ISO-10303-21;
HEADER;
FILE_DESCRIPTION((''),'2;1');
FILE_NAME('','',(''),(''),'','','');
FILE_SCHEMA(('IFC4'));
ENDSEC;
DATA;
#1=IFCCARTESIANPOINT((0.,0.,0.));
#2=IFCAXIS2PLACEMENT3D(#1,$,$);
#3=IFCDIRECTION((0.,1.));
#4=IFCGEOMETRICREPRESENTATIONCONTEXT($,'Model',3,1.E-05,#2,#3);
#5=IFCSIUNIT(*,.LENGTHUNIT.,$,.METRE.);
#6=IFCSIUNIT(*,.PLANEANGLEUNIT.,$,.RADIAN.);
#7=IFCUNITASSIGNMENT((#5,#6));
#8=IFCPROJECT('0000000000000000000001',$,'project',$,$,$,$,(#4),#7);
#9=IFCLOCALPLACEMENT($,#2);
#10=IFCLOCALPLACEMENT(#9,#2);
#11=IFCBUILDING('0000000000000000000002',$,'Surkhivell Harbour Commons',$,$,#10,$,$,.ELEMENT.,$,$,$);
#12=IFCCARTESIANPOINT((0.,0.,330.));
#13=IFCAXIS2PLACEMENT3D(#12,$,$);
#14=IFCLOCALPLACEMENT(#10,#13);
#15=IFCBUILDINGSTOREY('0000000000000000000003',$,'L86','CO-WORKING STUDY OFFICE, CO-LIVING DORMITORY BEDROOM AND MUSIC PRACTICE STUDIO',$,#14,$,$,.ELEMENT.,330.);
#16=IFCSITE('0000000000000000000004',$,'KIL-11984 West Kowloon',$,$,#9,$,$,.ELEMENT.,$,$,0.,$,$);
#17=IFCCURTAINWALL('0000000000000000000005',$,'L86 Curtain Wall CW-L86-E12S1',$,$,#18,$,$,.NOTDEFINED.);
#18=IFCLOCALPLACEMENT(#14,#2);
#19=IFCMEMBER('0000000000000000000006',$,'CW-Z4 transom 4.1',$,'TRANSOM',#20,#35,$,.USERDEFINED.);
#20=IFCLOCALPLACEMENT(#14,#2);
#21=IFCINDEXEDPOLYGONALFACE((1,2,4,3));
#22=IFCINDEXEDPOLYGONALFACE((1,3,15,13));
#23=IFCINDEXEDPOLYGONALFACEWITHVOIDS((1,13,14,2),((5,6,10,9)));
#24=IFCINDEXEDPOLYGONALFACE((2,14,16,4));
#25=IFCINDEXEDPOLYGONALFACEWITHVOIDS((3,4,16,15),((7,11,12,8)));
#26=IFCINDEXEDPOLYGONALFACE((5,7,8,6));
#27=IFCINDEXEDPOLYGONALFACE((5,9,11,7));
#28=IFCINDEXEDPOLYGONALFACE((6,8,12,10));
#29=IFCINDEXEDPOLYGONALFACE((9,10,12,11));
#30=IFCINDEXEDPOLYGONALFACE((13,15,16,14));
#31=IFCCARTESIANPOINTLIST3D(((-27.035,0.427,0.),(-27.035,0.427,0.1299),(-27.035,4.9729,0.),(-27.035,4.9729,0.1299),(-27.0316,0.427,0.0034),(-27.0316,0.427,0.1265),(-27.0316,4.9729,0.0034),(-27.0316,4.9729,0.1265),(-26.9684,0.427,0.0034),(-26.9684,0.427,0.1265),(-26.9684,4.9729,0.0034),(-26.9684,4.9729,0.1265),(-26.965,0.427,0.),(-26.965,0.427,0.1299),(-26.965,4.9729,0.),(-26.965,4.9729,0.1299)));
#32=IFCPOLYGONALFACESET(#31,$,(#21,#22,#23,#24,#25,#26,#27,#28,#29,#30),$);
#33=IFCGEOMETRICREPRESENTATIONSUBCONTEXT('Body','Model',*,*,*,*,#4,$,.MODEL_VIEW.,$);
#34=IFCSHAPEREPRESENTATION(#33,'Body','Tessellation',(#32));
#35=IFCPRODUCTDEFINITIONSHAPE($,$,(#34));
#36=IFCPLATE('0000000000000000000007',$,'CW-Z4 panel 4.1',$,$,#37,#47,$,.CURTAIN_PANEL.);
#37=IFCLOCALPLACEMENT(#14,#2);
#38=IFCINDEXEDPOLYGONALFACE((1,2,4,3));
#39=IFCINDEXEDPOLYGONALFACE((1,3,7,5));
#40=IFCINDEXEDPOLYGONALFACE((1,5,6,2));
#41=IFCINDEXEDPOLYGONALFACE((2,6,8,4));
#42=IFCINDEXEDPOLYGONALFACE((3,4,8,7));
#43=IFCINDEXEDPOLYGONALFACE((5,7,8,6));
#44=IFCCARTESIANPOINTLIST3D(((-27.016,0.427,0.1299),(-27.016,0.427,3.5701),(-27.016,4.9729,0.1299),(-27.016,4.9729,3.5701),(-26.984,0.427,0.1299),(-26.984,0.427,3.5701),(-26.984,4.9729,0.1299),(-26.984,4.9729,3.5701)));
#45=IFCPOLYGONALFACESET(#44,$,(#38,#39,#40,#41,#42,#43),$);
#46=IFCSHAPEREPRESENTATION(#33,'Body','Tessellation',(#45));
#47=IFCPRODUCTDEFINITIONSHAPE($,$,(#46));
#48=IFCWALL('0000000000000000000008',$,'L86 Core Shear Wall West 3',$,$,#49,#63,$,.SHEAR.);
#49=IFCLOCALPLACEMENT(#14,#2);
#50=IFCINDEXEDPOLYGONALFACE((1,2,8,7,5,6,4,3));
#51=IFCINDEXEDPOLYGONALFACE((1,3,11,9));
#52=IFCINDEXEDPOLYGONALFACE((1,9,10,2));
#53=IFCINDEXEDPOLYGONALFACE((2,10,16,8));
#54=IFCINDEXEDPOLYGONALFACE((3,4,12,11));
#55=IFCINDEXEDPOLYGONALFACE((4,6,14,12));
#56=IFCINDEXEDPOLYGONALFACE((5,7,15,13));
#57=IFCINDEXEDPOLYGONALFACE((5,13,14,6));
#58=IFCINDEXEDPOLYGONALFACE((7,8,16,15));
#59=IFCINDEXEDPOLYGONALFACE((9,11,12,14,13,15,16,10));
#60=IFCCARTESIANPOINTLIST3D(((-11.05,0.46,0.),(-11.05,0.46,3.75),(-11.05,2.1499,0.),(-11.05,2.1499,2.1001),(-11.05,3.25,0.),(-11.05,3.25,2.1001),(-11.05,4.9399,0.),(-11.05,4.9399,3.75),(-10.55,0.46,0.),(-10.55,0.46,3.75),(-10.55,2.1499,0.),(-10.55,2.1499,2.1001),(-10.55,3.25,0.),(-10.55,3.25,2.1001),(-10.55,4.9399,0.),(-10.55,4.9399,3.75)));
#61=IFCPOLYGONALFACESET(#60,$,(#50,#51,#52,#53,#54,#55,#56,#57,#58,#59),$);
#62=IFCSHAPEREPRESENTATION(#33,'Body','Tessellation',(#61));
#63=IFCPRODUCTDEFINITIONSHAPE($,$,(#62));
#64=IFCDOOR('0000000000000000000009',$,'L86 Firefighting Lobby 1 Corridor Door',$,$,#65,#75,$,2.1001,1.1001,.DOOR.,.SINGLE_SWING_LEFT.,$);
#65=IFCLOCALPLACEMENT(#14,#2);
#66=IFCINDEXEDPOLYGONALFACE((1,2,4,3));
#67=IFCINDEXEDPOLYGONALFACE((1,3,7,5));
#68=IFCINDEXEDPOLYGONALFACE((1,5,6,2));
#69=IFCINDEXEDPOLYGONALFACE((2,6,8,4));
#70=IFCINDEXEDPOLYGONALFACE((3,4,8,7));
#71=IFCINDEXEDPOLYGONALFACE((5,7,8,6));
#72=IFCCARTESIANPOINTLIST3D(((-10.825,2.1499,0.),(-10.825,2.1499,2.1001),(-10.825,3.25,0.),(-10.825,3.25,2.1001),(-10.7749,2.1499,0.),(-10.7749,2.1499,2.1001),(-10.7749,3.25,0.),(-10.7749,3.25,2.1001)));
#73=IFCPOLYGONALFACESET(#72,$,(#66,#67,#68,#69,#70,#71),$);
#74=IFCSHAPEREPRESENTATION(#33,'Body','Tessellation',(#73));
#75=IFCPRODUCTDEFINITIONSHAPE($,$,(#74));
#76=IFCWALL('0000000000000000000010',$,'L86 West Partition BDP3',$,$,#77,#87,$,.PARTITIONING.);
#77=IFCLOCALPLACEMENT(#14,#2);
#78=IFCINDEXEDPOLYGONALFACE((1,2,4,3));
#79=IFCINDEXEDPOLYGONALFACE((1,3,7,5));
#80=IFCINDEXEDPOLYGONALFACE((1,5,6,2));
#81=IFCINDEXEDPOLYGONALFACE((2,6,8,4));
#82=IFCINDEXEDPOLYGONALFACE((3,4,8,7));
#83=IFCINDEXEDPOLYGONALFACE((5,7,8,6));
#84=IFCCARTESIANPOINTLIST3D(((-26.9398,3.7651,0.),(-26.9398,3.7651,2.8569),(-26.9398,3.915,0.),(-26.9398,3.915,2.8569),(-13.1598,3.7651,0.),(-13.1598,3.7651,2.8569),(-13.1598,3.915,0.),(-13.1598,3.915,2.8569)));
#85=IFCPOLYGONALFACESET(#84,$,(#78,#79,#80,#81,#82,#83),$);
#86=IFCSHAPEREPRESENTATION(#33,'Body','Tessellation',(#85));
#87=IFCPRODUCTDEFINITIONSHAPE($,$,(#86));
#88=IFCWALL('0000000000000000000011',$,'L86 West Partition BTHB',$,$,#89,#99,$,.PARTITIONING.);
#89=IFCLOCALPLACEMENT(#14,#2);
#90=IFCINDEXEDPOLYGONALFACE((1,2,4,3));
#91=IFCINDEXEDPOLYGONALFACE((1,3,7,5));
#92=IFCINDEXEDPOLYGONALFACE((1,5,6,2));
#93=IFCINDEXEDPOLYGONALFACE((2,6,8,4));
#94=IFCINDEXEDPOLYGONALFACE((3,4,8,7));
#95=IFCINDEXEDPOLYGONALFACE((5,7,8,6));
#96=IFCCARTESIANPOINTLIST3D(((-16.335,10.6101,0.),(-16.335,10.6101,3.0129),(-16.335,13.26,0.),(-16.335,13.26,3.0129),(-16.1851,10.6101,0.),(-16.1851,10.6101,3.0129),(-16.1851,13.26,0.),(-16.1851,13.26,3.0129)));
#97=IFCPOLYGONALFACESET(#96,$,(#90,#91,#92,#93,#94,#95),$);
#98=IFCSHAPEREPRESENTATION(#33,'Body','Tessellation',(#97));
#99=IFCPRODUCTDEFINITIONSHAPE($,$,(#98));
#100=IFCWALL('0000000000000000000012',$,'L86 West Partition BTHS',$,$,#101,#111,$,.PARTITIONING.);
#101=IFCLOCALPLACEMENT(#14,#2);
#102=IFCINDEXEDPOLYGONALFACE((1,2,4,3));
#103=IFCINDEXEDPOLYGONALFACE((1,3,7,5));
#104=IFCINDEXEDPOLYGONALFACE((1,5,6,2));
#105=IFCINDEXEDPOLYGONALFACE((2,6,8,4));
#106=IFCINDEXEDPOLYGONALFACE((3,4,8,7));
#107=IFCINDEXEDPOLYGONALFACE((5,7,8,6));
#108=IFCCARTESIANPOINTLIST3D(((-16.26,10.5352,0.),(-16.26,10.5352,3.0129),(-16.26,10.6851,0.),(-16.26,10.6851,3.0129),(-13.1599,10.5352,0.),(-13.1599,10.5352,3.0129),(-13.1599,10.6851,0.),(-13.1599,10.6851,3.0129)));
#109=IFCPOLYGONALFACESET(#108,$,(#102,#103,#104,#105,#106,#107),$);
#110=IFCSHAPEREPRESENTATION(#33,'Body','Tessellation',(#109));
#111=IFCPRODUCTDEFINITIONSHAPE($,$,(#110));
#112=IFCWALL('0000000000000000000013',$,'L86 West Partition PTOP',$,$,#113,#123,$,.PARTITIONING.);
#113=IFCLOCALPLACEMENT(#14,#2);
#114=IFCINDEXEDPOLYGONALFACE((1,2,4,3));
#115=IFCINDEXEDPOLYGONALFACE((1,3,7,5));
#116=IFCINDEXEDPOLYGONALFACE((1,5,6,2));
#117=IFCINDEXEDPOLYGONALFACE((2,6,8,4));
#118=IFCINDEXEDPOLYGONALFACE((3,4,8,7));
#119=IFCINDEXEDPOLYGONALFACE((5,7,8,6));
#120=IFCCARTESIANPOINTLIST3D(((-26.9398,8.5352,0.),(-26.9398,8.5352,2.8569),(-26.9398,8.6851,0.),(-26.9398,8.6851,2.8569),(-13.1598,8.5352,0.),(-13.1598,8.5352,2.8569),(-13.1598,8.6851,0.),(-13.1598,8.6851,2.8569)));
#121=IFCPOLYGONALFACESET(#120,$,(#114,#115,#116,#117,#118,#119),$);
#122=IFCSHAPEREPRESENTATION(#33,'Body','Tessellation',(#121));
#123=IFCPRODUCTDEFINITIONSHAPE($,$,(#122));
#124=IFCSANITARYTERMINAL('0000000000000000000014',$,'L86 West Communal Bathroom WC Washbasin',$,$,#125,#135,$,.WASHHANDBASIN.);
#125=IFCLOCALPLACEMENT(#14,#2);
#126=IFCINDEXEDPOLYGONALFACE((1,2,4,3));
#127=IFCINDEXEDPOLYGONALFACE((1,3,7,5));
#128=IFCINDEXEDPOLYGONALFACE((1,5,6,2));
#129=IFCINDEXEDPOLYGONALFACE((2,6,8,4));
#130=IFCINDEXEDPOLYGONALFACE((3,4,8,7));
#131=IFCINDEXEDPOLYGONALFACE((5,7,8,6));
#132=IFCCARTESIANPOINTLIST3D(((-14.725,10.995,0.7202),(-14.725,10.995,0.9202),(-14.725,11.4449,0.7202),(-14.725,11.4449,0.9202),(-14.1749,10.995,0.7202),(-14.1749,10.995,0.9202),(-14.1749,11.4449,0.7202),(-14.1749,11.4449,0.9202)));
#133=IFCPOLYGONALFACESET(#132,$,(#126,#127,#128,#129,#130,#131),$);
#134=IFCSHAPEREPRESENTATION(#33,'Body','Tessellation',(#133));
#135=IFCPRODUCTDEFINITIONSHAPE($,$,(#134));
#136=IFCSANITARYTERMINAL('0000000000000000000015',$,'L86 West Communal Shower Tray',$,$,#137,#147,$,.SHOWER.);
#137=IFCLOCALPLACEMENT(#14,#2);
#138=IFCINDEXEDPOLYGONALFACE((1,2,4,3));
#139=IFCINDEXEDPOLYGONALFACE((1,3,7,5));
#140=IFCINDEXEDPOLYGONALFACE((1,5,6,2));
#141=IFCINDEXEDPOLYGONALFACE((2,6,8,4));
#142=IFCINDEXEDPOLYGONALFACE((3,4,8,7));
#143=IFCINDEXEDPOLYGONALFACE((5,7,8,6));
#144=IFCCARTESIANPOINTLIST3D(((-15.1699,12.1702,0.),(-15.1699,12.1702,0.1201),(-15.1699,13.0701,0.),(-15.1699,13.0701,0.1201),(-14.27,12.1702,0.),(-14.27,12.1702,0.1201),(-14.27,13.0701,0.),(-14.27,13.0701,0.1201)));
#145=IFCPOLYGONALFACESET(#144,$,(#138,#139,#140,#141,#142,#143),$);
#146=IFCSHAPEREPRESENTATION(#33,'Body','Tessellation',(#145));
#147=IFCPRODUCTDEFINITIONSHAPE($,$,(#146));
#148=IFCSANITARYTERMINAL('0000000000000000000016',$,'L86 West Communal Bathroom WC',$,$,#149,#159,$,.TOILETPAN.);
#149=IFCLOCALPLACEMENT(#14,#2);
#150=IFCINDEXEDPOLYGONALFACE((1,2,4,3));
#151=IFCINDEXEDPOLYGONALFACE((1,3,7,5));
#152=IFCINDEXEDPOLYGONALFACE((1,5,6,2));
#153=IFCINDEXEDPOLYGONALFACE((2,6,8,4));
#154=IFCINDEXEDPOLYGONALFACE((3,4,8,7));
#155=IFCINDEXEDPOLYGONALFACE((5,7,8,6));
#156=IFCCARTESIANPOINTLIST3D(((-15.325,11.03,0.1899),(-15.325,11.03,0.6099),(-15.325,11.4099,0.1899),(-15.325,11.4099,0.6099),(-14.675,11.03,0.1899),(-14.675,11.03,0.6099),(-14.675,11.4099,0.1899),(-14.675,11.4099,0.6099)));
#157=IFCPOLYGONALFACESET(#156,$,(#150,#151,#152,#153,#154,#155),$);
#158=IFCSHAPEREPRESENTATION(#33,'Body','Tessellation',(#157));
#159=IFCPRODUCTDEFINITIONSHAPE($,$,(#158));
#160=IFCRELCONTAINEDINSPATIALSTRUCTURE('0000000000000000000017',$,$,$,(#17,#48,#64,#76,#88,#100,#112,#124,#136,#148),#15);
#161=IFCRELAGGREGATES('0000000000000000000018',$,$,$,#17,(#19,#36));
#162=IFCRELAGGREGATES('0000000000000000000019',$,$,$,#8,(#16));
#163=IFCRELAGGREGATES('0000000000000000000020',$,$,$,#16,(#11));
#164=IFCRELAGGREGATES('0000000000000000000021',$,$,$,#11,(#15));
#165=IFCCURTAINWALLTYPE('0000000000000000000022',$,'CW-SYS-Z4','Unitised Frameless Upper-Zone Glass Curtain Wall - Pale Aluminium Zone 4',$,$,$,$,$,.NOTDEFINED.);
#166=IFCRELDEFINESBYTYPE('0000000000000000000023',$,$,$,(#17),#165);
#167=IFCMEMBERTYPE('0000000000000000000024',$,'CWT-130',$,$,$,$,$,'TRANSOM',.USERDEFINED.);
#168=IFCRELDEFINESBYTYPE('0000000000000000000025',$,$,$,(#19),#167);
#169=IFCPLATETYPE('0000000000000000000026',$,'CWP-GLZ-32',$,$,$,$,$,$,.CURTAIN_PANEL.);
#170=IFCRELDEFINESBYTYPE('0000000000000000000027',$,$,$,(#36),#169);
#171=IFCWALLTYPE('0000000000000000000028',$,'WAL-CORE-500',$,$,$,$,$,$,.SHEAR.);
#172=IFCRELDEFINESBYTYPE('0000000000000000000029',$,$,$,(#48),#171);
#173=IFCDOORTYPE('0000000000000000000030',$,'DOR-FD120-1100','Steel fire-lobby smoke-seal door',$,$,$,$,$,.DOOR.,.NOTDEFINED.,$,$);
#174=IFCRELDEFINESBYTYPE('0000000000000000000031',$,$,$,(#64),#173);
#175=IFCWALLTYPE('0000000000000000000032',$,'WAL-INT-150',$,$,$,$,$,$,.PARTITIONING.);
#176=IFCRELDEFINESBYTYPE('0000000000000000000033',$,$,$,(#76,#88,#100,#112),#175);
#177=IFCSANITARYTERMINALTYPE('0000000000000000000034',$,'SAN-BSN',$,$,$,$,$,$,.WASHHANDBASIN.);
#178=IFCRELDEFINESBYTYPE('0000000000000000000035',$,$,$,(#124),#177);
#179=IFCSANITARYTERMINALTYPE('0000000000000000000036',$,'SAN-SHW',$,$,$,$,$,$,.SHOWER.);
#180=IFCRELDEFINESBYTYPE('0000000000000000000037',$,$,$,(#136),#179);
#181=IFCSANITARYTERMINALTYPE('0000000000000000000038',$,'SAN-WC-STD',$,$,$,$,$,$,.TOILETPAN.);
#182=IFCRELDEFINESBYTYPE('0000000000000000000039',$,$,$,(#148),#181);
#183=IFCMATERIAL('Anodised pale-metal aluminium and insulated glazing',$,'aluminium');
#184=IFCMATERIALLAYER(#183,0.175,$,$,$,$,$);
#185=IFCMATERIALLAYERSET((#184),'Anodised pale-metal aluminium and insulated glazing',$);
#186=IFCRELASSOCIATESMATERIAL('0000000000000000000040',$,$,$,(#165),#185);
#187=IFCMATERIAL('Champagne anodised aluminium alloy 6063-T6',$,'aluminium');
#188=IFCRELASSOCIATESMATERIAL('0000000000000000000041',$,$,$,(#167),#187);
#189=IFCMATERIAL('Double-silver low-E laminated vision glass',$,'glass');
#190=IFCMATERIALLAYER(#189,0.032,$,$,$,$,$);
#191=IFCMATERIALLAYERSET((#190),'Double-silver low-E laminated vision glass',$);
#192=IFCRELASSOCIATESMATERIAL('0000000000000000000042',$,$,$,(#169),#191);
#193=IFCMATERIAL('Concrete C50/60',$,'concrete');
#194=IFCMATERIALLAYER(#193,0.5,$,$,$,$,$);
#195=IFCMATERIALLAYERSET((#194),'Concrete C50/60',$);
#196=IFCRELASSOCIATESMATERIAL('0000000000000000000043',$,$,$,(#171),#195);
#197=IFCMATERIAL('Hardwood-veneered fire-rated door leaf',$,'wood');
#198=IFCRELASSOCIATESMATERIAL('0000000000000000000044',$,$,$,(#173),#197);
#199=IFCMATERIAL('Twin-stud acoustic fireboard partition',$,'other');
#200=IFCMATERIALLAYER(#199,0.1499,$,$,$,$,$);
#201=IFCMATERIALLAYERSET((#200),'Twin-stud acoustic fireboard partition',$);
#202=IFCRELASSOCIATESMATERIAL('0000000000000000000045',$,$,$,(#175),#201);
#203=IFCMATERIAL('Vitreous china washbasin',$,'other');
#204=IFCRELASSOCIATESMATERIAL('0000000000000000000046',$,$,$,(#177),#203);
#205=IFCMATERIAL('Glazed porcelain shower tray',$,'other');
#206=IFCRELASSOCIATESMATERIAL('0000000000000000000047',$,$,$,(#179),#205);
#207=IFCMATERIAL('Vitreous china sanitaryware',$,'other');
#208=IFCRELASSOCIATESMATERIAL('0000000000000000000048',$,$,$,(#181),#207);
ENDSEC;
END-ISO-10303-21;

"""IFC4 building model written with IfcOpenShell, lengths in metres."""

from ifc_helpers import new_model, si_unit, direction, frame, frame_2d, origin, origin_2d, place, context, subcontext, project, spatial, rectangle, hollow_rectangle, extrude, material, layer, layer_set, material_profile, profile_set, type_object, element, fill, aggregate, save


model = new_model("IFC4")

# Units and contexts
model_context = context("Model", 3, precision=1e-05, world=origin(), true_north=direction((0.0, 1.0)))
body_context = subcontext(model_context, "Body", "Model", "MODEL_VIEW")
ifc_project = project(units=[si_unit("LENGTHUNIT", "METRE"), si_unit("PLANEANGLEUNIT", "RADIAN")], contexts=[model_context])

# Site, building, storey
site_placement = place(None, origin())
site = spatial("IfcSite", under=ifc_project, at=site_placement, Name="KIL-11984 West Kowloon", CompositionType="ELEMENT", RefElevation=0.0)
building_placement = place(site_placement, origin())
building = spatial("IfcBuilding", under=site, at=building_placement, Name="Surkhivell Harbour Commons", CompositionType="ELEMENT")
storey_placement = place(building_placement, frame((0.0, 0.0, 330.0)))
storey = spatial("IfcBuildingStorey", under=building, at=storey_placement, Name="L86", Description="CO-WORKING STUDY OFFICE, CO-LIVING DORMITORY BEDROOM AND MUSIC PRACTICE STUDIO", CompositionType="ELEMENT", Elevation=330.0)

# Shared definitions
ifc_material_1 = material(Name="Concrete C50/60", Category="concrete")

# Curtain wall, member, plate
ifc_material_2 = material(Name="Anodised pale-metal aluminium and insulated glazing", Category="aluminium")
ifc_layer_1 = layer(ifc_material_2, 0.175)
ifc_layer_set_1 = layer_set([ifc_layer_1], Name="Anodised pale-metal aluminium and insulated glazing")
curtain_wall_type = type_object("IfcCurtainWallType", Name="CW-SYS-Z4", Description="Unitised Frameless Upper-Zone Glass Curtain Wall - Pale Aluminium Zone 4", PredefinedType="NOTDEFINED", material=ifc_layer_set_1)
curtain_wall_placement = place(storey_placement, origin())
curtain_wall = element("IfcCurtainWall", 1, at=curtain_wall_placement, inside=storey, type_object=curtain_wall_type, Name="L86 Curtain Wall CW-L86-E12S1", PredefinedType="NOTDEFINED")
ifc_material_3 = material(Name="Champagne anodised aluminium alloy 6063-T6", Category="aluminium")
ifc_material_profile_1 = material_profile(ifc_material_3, hollow_rectangle(XDim=0.0701, YDim=0.1299, WallThickness=0.0034, at=origin_2d()), Name="ALU-TRAN-70x130")
ifc_profile_set_1 = profile_set([ifc_material_profile_1], Name="Champagne anodised aluminium alloy 6063-T6")
member_type_1 = type_object("IfcMemberType", Name="CWT-130", ElementType="TRANSOM", PredefinedType="USERDEFINED", material=ifc_profile_set_1)
member_1_placement = place(storey_placement, frame((-27.0, 4.9729, 0.0649), z_axis=(0.0, -1.0, 0.0), x_axis=(1.0, 0.0, 0.0)))
member_1 = element("IfcMember", 2, at=member_1_placement, type_object=member_type_1, Name="CW-Z4 transom 4.1", ObjectType="TRANSOM", PredefinedType="USERDEFINED", context=body_context, shape_type="SweptSolid", body=[
    extrude(hollow_rectangle(XDim=0.0701, YDim=0.1299, WallThickness=0.0034, at=origin_2d()), origin(), (0.0, 0.0, 1.0), 4.5459),
])
ifc_material_4 = material(Name="Double-silver low-E laminated vision glass", Category="glass")
ifc_layer_2 = layer(ifc_material_4, 0.032)
ifc_layer_set_2 = layer_set([ifc_layer_2], Name="Double-silver low-E laminated vision glass")
plate_type = type_object("IfcPlateType", Name="CWP-GLZ-32", PredefinedType="CURTAIN_PANEL", material=ifc_layer_set_2)
plate_1_placement = place(storey_placement, frame((-27.0, 4.9729, 0.1299), z_axis=(0.0, 0.0, 1.0), x_axis=(0.0, -1.0, 0.0)))
plate_1 = element("IfcPlate", 3, at=plate_1_placement, type_object=plate_type, Name="CW-Z4 panel 4.1", PredefinedType="CURTAIN_PANEL", context=body_context, shape_type="SweptSolid", body=[
    extrude(rectangle(XDim=4.5459, YDim=0.032, at=frame_2d((2.2729, 0.0))), origin(), (0.0, 0.0, 1.0), 3.4402),
])
aggregate(curtain_wall, [member_1, plate_1])

# Wall, opening, door
ifc_layer_3 = layer(ifc_material_1, 0.5)
ifc_layer_set_3 = layer_set([ifc_layer_3], Name="Concrete C50/60")
wall_type_1 = type_object("IfcWallType", Name="WAL-CORE-500", PredefinedType="SHEAR", material=ifc_layer_set_3)
wall_1_placement = place(storey_placement, frame((-10.8, 0.46, 0.0), z_axis=(0.0, 0.0, 1.0), x_axis=(0.0, 1.0, 0.0)))
wall_1 = element("IfcWall", 4, at=wall_1_placement, inside=storey, type_object=wall_type_1, Name="L86 Core Shear Wall West 3", PredefinedType="SHEAR", context=body_context, shape_type="SweptSolid", body=[
    extrude(rectangle(XDim=4.48, YDim=0.5, at=frame_2d((2.24, 0.0))), origin(), (0.0, 0.0, 1.0), 3.75),
])
opening_placement = place(wall_1_placement, frame((1.6899, 0.0, 0.0)))
opening = element("IfcOpeningElement", 5, at=opening_placement, cuts=wall_1, PredefinedType="OPENING", context=body_context, shape_type="SweptSolid", body=[
    extrude(rectangle(XDim=1.1001, YDim=2.1001, at=frame_2d((0.55, 1.05))), frame((0.0, 0.26, 0.0), z_axis=(0.0, -1.0, 0.0), x_axis=(1.0, 0.0, 0.0)), (0.0, 0.0, 1.0), 0.52),
])
ifc_material_5 = material(Name="Hardwood-veneered fire-rated door leaf", Category="wood")
door_type = type_object("IfcDoorType", Name="DOR-FD120-1100", Description="Steel fire-lobby smoke-seal door", OperationType="NOTDEFINED", PredefinedType="DOOR", material=ifc_material_5)
door_placement = place(opening_placement, origin())
door = element("IfcDoor", 6, at=door_placement, inside=storey, type_object=door_type, Name="L86 Firefighting Lobby 1 Corridor Door", OperationType="SINGLE_SWING_LEFT", OverallHeight=2.1001, OverallWidth=1.1001, PredefinedType="DOOR", context=body_context, shape_type="SweptSolid", body=[
    extrude(rectangle(XDim=1.1001, YDim=2.1001, at=frame_2d((0.55, 1.05))), frame((0.0, 0.0249, 0.0), z_axis=(0.0, -1.0, 0.0), x_axis=(1.0, 0.0, 0.0)), (0.0, 0.0, 1.0), 0.05),
])
fill(opening, door)

# Walls
ifc_material_6 = material(Name="Twin-stud acoustic fireboard partition", Category="other")
ifc_layer_4 = layer(ifc_material_6, 0.1499)
ifc_layer_set_4 = layer_set([ifc_layer_4], Name="Twin-stud acoustic fireboard partition")
wall_type_2 = type_object("IfcWallType", Name="WAL-INT-150", PredefinedType="PARTITIONING", material=ifc_layer_set_4)
wall_2_placement = place(storey_placement, frame((-26.9399, 3.8401, 0.0), z_axis=(0.0, 0.0, 1.0), x_axis=(1.0, 0.0, 0.0)))
element("IfcWall", 7, at=wall_2_placement, inside=storey, type_object=wall_type_2, Name="L86 West Partition BDP3", PredefinedType="PARTITIONING", context=body_context, shape_type="SweptSolid", body=[
    extrude(rectangle(XDim=13.78, YDim=0.1499, at=frame_2d((6.8901, 0.0))), origin(), (0.0, 0.0, 1.0), 2.8569),
])
wall_3_placement = place(storey_placement, frame((-16.26, 10.6101, 0.0), z_axis=(0.0, 0.0, 1.0), x_axis=(0.0, 1.0, 0.0)))
element("IfcWall", 8, at=wall_3_placement, inside=storey, type_object=wall_type_2, Name="L86 West Partition BTHB", PredefinedType="PARTITIONING", context=body_context, shape_type="SweptSolid", body=[
    extrude(rectangle(XDim=2.6499, YDim=0.1499, at=frame_2d((1.325, 0.0))), origin(), (0.0, 0.0, 1.0), 3.0129),
])
wall_4_placement = place(storey_placement, frame((-16.26, 10.6101, 0.0), z_axis=(0.0, 0.0, 1.0), x_axis=(1.0, 0.0, 0.0)))
element("IfcWall", 9, at=wall_4_placement, inside=storey, type_object=wall_type_2, Name="L86 West Partition BTHS", PredefinedType="PARTITIONING", context=body_context, shape_type="SweptSolid", body=[
    extrude(rectangle(XDim=3.1001, YDim=0.1499, at=frame_2d((1.55, 0.0))), origin(), (0.0, 0.0, 1.0), 3.0129),
])
wall_5_placement = place(storey_placement, frame((-26.9399, 8.6101, 0.0), z_axis=(0.0, 0.0, 1.0), x_axis=(1.0, 0.0, 0.0)))
element("IfcWall", 10, at=wall_5_placement, inside=storey, type_object=wall_type_2, Name="L86 West Partition PTOP", PredefinedType="PARTITIONING", context=body_context, shape_type="SweptSolid", body=[
    extrude(rectangle(XDim=13.78, YDim=0.1499, at=frame_2d((6.8901, 0.0))), origin(), (0.0, 0.0, 1.0), 2.8569),
])

# Sanitary terminals
ifc_material_7 = material(Name="Vitreous china washbasin", Category="other")
sanitary_terminal_type_1 = type_object("IfcSanitaryTerminalType", Name="SAN-BSN", PredefinedType="WASHHANDBASIN", material=ifc_material_7)
sanitary_terminal_1_placement = place(storey_placement, frame((-14.45, 11.22, 0.7202), z_axis=(0.0, 0.0, 1.0), x_axis=(1.0, 0.0, 0.0)))
element("IfcSanitaryTerminal", 11, at=sanitary_terminal_1_placement, inside=storey, type_object=sanitary_terminal_type_1, Name="L86 West Communal Bathroom WC Washbasin", PredefinedType="WASHHANDBASIN", context=body_context, shape_type="SweptSolid", body=[
    extrude(rectangle(XDim=0.55, YDim=0.45, at=origin_2d()), origin(), (0.0, 0.0, 1.0), 0.2),
])
ifc_material_8 = material(Name="Glazed porcelain shower tray", Category="other")
sanitary_terminal_type_2 = type_object("IfcSanitaryTerminalType", Name="SAN-SHW", PredefinedType="SHOWER", material=ifc_material_8)
sanitary_terminal_2_placement = place(storey_placement, frame((-14.72, 12.6201, 0.0), z_axis=(0.0, 0.0, 1.0), x_axis=(1.0, 0.0, 0.0)))
element("IfcSanitaryTerminal", 12, at=sanitary_terminal_2_placement, inside=storey, type_object=sanitary_terminal_type_2, Name="L86 West Communal Shower Tray", PredefinedType="SHOWER", context=body_context, shape_type="SweptSolid", body=[
    extrude(rectangle(XDim=0.8999, YDim=0.8999, at=origin_2d()), origin(), (0.0, 0.0, 1.0), 0.1201),
])
ifc_material_9 = material(Name="Vitreous china sanitaryware", Category="other")
sanitary_terminal_type_3 = type_object("IfcSanitaryTerminalType", Name="SAN-WC-STD", PredefinedType="TOILETPAN", material=ifc_material_9)
sanitary_terminal_3_placement = place(storey_placement, frame((-15.0, 11.22, 0.1899), z_axis=(0.0, 0.0, 1.0), x_axis=(1.0, 0.0, 0.0)))
element("IfcSanitaryTerminal", 13, at=sanitary_terminal_3_placement, inside=storey, type_object=sanitary_terminal_type_3, Name="L86 West Communal Bathroom WC", PredefinedType="TOILETPAN", context=body_context, shape_type="SweptSolid", body=[
    extrude(rectangle(XDim=0.6499, YDim=0.3799, at=origin_2d()), origin(), (0.0, 0.0, 1.0), 0.4199),
])

save(model, "model.ifc")
